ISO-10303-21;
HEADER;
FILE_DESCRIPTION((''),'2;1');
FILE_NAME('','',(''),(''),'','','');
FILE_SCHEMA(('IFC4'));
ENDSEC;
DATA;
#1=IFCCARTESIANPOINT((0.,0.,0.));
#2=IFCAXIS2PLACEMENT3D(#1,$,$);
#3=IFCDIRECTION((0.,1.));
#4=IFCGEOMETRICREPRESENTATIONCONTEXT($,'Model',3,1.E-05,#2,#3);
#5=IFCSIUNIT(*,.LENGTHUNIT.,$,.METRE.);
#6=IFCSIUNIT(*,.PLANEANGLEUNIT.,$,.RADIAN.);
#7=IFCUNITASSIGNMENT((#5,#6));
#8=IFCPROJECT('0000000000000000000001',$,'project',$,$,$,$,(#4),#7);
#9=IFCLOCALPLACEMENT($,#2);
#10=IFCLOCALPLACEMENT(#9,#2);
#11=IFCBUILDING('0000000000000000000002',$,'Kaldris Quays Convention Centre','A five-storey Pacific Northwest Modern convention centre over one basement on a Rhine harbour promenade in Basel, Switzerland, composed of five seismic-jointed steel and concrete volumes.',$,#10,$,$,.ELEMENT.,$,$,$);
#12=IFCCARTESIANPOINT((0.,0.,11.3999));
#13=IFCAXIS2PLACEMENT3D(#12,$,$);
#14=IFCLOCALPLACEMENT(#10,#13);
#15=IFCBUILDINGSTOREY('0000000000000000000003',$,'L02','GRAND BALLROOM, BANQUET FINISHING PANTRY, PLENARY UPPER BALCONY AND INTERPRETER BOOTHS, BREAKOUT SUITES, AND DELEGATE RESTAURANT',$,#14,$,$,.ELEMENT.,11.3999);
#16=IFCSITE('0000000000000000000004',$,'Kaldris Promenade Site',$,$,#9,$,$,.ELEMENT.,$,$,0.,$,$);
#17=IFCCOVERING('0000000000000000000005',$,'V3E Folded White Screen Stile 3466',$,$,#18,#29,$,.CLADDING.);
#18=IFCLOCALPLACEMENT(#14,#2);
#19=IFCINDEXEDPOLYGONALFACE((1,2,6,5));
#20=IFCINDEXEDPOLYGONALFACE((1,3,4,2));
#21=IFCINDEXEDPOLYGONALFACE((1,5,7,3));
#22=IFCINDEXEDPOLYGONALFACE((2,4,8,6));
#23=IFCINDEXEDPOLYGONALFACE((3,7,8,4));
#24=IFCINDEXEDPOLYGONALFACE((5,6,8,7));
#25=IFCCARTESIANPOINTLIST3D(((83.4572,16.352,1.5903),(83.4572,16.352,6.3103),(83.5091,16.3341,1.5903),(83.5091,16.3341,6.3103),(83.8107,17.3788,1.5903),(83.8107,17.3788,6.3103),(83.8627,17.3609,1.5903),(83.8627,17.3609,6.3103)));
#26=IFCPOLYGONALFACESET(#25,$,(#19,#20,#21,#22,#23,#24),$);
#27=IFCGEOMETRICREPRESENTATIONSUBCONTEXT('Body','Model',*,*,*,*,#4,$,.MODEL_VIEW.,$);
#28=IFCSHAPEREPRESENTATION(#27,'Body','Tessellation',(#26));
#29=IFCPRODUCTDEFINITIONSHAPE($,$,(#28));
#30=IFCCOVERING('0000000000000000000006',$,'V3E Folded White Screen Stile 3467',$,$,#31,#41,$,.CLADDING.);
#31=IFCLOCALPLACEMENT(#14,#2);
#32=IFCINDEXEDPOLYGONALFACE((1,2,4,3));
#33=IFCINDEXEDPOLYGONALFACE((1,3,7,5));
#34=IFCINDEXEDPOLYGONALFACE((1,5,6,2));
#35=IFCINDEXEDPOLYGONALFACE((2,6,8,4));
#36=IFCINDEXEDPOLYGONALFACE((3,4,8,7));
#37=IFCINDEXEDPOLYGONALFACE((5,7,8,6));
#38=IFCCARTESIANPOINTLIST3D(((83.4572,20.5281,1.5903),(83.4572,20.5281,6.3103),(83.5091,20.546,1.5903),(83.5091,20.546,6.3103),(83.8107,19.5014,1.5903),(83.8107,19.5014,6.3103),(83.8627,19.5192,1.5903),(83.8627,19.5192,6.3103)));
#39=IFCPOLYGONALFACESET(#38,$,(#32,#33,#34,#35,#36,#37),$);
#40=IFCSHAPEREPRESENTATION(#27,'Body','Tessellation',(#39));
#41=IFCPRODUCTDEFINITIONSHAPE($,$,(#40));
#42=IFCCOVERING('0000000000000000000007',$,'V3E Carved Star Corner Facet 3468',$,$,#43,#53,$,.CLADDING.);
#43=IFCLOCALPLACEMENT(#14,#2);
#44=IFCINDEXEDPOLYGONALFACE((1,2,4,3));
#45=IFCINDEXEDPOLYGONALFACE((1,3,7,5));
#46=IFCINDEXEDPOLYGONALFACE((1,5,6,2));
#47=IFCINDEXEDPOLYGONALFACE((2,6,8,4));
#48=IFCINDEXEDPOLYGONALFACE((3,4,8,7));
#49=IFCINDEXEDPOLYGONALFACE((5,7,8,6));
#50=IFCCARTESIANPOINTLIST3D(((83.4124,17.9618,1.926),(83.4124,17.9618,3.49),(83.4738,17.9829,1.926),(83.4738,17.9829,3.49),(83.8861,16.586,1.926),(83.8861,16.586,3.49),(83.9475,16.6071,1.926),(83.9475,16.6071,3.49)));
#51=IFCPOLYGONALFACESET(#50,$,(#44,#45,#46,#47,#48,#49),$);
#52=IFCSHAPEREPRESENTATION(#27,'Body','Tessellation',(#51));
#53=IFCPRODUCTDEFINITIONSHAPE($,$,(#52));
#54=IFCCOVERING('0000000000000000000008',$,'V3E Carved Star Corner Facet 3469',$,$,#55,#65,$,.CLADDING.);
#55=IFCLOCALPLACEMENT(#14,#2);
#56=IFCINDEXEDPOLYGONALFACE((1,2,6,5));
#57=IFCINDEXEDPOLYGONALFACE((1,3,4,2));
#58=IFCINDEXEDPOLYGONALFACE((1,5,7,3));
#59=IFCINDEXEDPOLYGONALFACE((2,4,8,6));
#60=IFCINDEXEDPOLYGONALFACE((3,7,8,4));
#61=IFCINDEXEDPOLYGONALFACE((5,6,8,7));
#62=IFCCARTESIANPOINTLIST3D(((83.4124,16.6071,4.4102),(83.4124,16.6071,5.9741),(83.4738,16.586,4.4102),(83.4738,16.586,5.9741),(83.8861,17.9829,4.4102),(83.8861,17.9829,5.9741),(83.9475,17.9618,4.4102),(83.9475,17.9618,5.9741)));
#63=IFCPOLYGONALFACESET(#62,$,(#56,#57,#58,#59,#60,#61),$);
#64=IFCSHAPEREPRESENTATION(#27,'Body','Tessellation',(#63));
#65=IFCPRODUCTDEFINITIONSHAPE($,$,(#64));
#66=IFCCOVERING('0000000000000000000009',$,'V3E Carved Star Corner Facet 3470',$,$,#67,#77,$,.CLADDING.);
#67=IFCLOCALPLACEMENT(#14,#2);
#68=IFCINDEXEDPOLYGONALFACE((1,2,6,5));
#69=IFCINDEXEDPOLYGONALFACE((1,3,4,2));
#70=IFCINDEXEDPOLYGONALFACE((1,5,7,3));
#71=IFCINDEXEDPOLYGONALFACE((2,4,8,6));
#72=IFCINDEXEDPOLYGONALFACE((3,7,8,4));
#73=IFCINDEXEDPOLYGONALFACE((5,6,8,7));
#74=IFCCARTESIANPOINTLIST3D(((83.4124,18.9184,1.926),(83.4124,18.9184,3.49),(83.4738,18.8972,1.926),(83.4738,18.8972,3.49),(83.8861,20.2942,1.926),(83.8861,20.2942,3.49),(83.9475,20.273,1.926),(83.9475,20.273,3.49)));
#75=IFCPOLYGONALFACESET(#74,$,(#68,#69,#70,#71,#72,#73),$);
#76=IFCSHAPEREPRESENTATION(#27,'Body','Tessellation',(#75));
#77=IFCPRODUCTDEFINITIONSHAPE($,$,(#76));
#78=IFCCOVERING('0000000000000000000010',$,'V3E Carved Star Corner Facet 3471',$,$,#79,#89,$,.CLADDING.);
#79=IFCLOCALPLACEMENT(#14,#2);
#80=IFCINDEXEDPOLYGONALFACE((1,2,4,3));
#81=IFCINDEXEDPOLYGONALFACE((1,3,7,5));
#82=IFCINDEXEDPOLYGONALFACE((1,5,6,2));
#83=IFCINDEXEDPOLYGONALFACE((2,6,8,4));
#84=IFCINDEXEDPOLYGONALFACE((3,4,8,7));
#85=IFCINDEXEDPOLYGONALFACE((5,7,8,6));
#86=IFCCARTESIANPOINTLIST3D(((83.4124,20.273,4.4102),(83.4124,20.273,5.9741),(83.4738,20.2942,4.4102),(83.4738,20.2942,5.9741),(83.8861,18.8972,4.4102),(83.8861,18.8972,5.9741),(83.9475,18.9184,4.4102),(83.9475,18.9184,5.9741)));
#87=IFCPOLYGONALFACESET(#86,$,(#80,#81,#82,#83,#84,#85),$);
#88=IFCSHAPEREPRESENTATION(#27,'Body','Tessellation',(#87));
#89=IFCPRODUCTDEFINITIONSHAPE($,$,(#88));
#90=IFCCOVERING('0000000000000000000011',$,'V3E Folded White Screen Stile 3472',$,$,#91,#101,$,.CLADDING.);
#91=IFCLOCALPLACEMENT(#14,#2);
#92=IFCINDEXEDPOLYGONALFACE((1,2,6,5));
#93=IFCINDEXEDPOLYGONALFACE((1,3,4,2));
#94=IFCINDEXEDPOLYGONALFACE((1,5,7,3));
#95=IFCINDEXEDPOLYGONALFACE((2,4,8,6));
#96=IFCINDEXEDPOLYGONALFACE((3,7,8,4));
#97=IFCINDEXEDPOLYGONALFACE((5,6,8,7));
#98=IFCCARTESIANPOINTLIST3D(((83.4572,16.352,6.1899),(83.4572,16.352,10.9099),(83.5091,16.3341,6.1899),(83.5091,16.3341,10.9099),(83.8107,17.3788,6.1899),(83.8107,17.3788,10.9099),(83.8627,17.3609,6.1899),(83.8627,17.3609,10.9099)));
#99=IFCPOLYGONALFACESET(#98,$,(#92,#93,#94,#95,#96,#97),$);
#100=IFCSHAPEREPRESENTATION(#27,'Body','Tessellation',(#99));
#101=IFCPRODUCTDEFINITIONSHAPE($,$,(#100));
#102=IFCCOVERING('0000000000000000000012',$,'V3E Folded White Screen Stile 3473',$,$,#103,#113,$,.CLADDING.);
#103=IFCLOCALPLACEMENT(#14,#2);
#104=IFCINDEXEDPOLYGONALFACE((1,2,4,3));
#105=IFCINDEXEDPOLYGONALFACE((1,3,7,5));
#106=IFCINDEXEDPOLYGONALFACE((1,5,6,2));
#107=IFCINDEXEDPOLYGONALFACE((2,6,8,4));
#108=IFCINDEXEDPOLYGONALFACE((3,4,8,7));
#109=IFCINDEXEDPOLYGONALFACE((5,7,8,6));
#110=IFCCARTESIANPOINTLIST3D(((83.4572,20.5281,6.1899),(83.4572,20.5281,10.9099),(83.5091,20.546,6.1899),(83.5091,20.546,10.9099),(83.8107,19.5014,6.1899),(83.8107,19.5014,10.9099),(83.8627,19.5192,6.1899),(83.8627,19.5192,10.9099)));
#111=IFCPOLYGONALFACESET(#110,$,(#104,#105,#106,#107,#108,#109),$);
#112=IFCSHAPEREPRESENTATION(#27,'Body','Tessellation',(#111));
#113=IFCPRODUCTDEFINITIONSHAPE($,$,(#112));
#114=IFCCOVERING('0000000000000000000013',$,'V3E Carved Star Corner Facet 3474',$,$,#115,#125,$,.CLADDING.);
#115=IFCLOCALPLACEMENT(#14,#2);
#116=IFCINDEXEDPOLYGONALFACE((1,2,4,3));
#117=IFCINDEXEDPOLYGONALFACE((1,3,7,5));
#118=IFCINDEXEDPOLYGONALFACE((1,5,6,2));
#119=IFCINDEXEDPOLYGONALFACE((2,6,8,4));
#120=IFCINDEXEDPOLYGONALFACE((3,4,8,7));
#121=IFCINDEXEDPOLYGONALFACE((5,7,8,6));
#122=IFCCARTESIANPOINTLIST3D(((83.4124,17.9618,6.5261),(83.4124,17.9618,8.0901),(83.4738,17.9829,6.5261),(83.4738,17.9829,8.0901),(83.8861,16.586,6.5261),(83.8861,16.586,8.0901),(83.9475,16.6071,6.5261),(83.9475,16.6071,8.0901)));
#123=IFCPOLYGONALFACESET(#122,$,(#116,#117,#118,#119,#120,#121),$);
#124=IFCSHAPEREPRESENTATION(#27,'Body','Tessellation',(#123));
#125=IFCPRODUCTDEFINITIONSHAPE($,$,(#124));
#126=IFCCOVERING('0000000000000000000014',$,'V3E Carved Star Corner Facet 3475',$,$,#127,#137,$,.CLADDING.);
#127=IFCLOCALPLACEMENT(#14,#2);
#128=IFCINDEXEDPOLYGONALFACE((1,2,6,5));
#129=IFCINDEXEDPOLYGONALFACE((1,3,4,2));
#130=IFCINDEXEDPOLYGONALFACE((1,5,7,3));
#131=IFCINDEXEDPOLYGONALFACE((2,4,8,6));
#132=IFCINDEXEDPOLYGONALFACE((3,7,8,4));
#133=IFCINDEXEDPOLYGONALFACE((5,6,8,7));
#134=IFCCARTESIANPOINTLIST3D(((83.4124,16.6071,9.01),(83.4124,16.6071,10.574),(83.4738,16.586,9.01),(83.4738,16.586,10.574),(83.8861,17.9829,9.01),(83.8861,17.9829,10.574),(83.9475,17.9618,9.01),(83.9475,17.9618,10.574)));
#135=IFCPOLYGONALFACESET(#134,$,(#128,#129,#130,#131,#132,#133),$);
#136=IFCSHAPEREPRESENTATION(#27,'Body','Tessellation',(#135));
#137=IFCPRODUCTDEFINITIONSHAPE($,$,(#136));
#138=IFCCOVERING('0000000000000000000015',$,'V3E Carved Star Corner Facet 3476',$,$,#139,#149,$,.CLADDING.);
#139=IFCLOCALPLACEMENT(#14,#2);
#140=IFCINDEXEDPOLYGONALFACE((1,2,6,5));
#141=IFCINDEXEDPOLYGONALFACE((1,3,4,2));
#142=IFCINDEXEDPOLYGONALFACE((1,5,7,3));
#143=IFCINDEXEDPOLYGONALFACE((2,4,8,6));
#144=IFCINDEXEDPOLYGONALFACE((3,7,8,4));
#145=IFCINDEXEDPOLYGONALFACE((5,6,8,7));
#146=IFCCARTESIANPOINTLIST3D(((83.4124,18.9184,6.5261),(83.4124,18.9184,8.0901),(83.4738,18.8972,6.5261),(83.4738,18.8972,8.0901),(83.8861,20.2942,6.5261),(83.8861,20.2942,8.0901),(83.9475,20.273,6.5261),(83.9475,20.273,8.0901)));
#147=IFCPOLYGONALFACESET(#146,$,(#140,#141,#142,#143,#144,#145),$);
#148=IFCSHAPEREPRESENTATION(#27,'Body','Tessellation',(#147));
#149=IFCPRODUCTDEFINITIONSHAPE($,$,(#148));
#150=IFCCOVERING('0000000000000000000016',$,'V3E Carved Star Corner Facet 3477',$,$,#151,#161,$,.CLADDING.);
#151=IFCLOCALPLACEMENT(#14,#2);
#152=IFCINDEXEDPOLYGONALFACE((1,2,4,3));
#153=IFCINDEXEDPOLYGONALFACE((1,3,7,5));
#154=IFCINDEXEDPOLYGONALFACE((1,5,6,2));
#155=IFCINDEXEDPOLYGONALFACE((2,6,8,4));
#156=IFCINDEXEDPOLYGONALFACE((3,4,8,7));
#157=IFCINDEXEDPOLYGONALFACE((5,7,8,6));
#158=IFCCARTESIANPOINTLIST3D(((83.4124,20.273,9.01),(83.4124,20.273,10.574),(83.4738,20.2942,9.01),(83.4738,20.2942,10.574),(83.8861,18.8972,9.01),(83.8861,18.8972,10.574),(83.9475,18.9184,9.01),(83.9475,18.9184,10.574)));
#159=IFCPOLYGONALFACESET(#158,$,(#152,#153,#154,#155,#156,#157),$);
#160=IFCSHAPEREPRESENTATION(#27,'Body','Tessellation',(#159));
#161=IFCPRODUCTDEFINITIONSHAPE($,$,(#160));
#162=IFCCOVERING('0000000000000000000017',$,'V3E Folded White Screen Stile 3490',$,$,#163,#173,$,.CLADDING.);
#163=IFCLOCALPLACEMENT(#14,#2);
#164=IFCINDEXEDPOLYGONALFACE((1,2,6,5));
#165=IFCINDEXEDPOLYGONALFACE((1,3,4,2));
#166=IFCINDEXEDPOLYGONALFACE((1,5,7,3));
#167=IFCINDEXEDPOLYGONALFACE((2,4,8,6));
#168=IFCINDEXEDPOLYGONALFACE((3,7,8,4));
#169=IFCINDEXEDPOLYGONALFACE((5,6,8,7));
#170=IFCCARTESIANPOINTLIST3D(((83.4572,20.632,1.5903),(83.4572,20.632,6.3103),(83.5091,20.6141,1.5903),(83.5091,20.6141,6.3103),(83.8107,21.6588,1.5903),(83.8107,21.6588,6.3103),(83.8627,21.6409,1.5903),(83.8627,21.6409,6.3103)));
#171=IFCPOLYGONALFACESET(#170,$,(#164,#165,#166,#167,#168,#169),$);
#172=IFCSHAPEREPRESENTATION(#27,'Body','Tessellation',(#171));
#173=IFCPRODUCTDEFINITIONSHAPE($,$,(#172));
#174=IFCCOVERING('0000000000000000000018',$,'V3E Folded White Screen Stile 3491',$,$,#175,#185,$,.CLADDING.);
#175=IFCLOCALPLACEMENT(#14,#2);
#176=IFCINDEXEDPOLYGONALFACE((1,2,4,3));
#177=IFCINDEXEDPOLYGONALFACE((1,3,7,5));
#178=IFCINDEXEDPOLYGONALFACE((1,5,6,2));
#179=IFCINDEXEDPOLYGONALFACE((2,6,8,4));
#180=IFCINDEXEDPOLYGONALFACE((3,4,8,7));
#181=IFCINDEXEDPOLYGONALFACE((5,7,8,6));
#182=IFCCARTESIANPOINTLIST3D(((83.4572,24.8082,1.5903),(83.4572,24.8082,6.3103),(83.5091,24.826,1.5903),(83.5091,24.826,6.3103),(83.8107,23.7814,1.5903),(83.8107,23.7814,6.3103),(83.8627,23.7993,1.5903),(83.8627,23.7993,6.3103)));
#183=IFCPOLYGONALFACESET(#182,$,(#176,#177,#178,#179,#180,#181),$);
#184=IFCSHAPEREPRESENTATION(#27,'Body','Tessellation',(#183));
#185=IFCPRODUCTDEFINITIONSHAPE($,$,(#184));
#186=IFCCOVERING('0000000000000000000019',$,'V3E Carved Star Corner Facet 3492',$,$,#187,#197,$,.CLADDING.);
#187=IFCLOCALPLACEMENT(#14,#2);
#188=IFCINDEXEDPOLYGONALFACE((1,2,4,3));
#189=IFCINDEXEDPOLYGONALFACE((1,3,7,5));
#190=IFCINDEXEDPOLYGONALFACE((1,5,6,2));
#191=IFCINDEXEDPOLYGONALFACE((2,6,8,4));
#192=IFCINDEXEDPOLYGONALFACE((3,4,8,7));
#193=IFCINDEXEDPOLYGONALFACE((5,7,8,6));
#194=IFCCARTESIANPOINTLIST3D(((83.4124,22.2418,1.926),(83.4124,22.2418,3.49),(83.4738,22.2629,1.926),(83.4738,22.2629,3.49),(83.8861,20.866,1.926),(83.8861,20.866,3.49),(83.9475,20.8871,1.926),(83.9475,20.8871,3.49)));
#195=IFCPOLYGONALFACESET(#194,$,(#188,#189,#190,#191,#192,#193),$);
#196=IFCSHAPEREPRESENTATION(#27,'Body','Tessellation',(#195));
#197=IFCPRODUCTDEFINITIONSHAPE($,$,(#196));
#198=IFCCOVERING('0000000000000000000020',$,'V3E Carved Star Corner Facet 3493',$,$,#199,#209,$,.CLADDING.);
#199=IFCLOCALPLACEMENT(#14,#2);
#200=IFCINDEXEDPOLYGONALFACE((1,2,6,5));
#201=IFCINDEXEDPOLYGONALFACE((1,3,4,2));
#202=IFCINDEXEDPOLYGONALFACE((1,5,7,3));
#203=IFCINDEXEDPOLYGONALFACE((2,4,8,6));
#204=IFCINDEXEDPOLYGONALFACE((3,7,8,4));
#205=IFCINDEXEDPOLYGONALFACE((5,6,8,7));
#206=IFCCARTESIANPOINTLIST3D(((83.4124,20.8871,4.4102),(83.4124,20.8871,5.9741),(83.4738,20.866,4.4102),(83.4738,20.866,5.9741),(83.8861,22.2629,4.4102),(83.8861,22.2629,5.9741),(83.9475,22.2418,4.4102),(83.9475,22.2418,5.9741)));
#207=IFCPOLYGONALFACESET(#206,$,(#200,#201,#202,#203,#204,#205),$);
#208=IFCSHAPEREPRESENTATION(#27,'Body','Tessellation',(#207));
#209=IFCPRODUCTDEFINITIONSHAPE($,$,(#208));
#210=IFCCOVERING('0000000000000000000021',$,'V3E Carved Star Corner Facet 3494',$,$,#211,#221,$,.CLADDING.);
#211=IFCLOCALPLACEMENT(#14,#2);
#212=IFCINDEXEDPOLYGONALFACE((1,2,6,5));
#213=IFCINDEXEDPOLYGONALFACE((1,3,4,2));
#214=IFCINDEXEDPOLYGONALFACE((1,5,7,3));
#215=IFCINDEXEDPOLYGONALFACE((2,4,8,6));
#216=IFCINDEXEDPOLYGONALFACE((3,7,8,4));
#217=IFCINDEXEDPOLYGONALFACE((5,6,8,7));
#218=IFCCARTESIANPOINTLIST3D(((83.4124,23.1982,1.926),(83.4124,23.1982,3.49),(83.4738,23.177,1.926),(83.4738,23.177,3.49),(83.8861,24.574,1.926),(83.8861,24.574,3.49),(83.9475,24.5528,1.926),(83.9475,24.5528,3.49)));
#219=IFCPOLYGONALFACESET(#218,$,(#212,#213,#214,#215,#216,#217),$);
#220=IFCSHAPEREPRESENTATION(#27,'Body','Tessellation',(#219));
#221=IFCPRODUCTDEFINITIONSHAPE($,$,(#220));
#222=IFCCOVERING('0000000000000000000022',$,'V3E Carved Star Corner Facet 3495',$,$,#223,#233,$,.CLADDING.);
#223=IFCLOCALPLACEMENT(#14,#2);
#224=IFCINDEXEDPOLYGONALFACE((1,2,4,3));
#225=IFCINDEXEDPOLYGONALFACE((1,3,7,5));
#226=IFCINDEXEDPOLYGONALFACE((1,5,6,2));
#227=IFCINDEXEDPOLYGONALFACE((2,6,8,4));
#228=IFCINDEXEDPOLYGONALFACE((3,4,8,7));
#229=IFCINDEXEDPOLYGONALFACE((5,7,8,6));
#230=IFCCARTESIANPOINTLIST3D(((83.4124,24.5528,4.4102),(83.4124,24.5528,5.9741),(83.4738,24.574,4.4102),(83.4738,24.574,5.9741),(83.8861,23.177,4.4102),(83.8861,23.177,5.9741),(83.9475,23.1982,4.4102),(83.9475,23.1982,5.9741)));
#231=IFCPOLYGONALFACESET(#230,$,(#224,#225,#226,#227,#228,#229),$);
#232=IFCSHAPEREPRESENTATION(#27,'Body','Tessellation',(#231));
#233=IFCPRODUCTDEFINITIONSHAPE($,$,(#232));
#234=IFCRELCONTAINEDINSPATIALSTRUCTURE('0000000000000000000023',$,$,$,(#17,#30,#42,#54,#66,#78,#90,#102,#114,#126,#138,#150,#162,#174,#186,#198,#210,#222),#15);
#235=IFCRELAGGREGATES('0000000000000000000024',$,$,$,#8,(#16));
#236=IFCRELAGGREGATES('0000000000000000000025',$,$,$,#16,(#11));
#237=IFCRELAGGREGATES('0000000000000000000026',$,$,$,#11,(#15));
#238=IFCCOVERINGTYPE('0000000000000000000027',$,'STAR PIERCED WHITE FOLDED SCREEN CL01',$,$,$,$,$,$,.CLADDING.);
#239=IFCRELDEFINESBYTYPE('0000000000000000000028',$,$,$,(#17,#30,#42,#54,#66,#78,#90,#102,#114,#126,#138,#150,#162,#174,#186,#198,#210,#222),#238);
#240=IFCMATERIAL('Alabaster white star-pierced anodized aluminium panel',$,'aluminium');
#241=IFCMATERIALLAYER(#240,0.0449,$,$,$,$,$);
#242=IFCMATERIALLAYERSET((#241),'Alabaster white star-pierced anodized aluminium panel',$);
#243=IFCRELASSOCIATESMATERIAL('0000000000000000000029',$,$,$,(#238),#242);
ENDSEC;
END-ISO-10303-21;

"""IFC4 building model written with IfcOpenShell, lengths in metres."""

from ifc_helpers import new_model, si_unit, direction, frame, origin, origin_2d, place, context, subcontext, project, spatial, rectangle, extrude, material, layer, layer_set, type_object, element, save


model = new_model("IFC4")

# Units and contexts
model_context = context("Model", 3, precision=1e-05, world=origin(), true_north=direction((0.0, 1.0)))
body_context = subcontext(model_context, "Body", "Model", "MODEL_VIEW")
ifc_project = project(units=[si_unit("LENGTHUNIT", "METRE"), si_unit("PLANEANGLEUNIT", "RADIAN")], contexts=[model_context])

# Site, building, storey
site_placement = place(None, origin())
site = spatial("IfcSite", under=ifc_project, at=site_placement, Name="Kaldris Promenade Site", CompositionType="ELEMENT", RefElevation=0.0)
building_placement = place(site_placement, origin())
building = spatial("IfcBuilding", under=site, at=building_placement, Name="Kaldris Quays Convention Centre", Description="A five-storey Pacific Northwest Modern convention centre over one basement on a Rhine harbour promenade in Basel, Switzerland, composed of five seismic-jointed steel and concrete volumes.", CompositionType="ELEMENT")
storey_placement = place(building_placement, frame((0.0, 0.0, 11.3999)))
storey = spatial("IfcBuildingStorey", under=building, at=storey_placement, Name="L02", Description="GRAND BALLROOM, BANQUET FINISHING PANTRY, PLENARY UPPER BALCONY AND INTERPRETER BOOTHS, BREAKOUT SUITES, AND DELEGATE RESTAURANT", CompositionType="ELEMENT", Elevation=11.3999)

# Coverings
ifc_material_1 = material(Name="Alabaster white star-pierced anodized aluminium panel", Category="aluminium")
ifc_layer = layer(ifc_material_1, 0.0449)
ifc_layer_set = layer_set([ifc_layer], Name="Alabaster white star-pierced anodized aluminium panel")
covering_type = type_object("IfcCoveringType", Name="STAR PIERCED WHITE FOLDED SCREEN CL01", PredefinedType="CLADDING", material=ifc_layer_set)
for number, where, z_axis, x_axis, name in (
    (1, (83.6599, 16.8564, 1.5903), (0.0, 0.0, 1.0), (0.325568, 0.945519, 0.0), "V3E Folded White Screen Stile 3466"),
    (2, (83.6599, 20.0237, 1.5903), (0.0, 0.0, 1.0), (-0.325568, 0.945519, 0.0), "V3E Folded White Screen Stile 3467"),
):
    element("IfcCovering", number, at=place(storey_placement, frame(where, z_axis=z_axis, x_axis=x_axis)), inside=storey, type_object=covering_type, Name=name, PredefinedType="CLADDING", context=body_context, shape_type="SweptSolid", body=[
        extrude(rectangle(XDim=1.0859, YDim=0.0549, at=origin_2d()), origin(), (0.0, 0.0, 1.0), 4.72),
    ])
for number, where, z_axis, x_axis, name in (
    (3, (83.6799, 17.2844, 1.926), (0.0, 0.0, 1.0), (-0.325568, 0.945519, 0.0), "V3E Carved Star Corner Facet 3468"),
    (4, (83.6799, 17.2844, 4.4102), (0.0, 0.0, 1.0), (0.325568, 0.945519, 0.0), "V3E Carved Star Corner Facet 3469"),
    (5, (83.6799, 19.5957, 1.926), (0.0, 0.0, 1.0), (0.325568, 0.945519, 0.0), "V3E Carved Star Corner Facet 3470"),
    (6, (83.6799, 19.5957, 4.4102), (0.0, 0.0, 1.0), (-0.325568, 0.945519, 0.0), "V3E Carved Star Corner Facet 3471"),
):
    element("IfcCovering", number, at=place(storey_placement, frame(where, z_axis=z_axis, x_axis=x_axis)), inside=storey, type_object=covering_type, Name=name, PredefinedType="CLADDING", context=body_context, shape_type="SweptSolid", body=[
        extrude(rectangle(XDim=1.4551, YDim=0.0649, at=origin_2d()), origin(), (0.0, 0.0, 1.0), 1.564),
    ])
for number, where, z_axis, x_axis, name in (
    (7, (83.6599, 16.8564, 6.1899), (0.0, 0.0, 1.0), (0.325568, 0.945519, 0.0), "V3E Folded White Screen Stile 3472"),
    (8, (83.6599, 20.0237, 6.1899), (0.0, 0.0, 1.0), (-0.325568, 0.945519, 0.0), "V3E Folded White Screen Stile 3473"),
):
    element("IfcCovering", number, at=place(storey_placement, frame(where, z_axis=z_axis, x_axis=x_axis)), inside=storey, type_object=covering_type, Name=name, PredefinedType="CLADDING", context=body_context, shape_type="SweptSolid", body=[
        extrude(rectangle(XDim=1.0859, YDim=0.0549, at=origin_2d()), origin(), (0.0, 0.0, 1.0), 4.72),
    ])
for number, where, z_axis, x_axis, name in (
    (9, (83.6799, 17.2844, 6.5261), (0.0, 0.0, 1.0), (-0.325568, 0.945519, 0.0), "V3E Carved Star Corner Facet 3474"),
    (10, (83.6799, 17.2844, 9.01), (0.0, 0.0, 1.0), (0.325568, 0.945519, 0.0), "V3E Carved Star Corner Facet 3475"),
    (11, (83.6799, 19.5957, 6.5261), (0.0, 0.0, 1.0), (0.325568, 0.945519, 0.0), "V3E Carved Star Corner Facet 3476"),
    (12, (83.6799, 19.5957, 9.01), (0.0, 0.0, 1.0), (-0.325568, 0.945519, 0.0), "V3E Carved Star Corner Facet 3477"),
):
    element("IfcCovering", number, at=place(storey_placement, frame(where, z_axis=z_axis, x_axis=x_axis)), inside=storey, type_object=covering_type, Name=name, PredefinedType="CLADDING", context=body_context, shape_type="SweptSolid", body=[
        extrude(rectangle(XDim=1.4551, YDim=0.0649, at=origin_2d()), origin(), (0.0, 0.0, 1.0), 1.564),
    ])
for number, where, z_axis, x_axis, name in (
    (13, (83.6599, 21.1365, 1.5903), (0.0, 0.0, 1.0), (0.325568, 0.945519, 0.0), "V3E Folded White Screen Stile 3490"),
    (14, (83.6599, 24.3037, 1.5903), (0.0, 0.0, 1.0), (-0.325568, 0.945519, 0.0), "V3E Folded White Screen Stile 3491"),
):
    element("IfcCovering", number, at=place(storey_placement, frame(where, z_axis=z_axis, x_axis=x_axis)), inside=storey, type_object=covering_type, Name=name, PredefinedType="CLADDING", context=body_context, shape_type="SweptSolid", body=[
        extrude(rectangle(XDim=1.0859, YDim=0.0549, at=origin_2d()), origin(), (0.0, 0.0, 1.0), 4.72),
    ])
for number, where, z_axis, x_axis, name in (
    (15, (83.6799, 21.5645, 1.926), (0.0, 0.0, 1.0), (-0.325568, 0.945519, 0.0), "V3E Carved Star Corner Facet 3492"),
    (16, (83.6799, 21.5645, 4.4102), (0.0, 0.0, 1.0), (0.325568, 0.945519, 0.0), "V3E Carved Star Corner Facet 3493"),
    (17, (83.6799, 23.8755, 1.926), (0.0, 0.0, 1.0), (0.325568, 0.945519, 0.0), "V3E Carved Star Corner Facet 3494"),
    (18, (83.6799, 23.8755, 4.4102), (0.0, 0.0, 1.0), (-0.325568, 0.945519, 0.0), "V3E Carved Star Corner Facet 3495"),
):
    element("IfcCovering", number, at=place(storey_placement, frame(where, z_axis=z_axis, x_axis=x_axis)), inside=storey, type_object=covering_type, Name=name, PredefinedType="CLADDING", context=body_context, shape_type="SweptSolid", body=[
        extrude(rectangle(XDim=1.4551, YDim=0.0649, at=origin_2d()), origin(), (0.0, 0.0, 1.0), 1.564),
    ])

save(model, "model.ifc")
